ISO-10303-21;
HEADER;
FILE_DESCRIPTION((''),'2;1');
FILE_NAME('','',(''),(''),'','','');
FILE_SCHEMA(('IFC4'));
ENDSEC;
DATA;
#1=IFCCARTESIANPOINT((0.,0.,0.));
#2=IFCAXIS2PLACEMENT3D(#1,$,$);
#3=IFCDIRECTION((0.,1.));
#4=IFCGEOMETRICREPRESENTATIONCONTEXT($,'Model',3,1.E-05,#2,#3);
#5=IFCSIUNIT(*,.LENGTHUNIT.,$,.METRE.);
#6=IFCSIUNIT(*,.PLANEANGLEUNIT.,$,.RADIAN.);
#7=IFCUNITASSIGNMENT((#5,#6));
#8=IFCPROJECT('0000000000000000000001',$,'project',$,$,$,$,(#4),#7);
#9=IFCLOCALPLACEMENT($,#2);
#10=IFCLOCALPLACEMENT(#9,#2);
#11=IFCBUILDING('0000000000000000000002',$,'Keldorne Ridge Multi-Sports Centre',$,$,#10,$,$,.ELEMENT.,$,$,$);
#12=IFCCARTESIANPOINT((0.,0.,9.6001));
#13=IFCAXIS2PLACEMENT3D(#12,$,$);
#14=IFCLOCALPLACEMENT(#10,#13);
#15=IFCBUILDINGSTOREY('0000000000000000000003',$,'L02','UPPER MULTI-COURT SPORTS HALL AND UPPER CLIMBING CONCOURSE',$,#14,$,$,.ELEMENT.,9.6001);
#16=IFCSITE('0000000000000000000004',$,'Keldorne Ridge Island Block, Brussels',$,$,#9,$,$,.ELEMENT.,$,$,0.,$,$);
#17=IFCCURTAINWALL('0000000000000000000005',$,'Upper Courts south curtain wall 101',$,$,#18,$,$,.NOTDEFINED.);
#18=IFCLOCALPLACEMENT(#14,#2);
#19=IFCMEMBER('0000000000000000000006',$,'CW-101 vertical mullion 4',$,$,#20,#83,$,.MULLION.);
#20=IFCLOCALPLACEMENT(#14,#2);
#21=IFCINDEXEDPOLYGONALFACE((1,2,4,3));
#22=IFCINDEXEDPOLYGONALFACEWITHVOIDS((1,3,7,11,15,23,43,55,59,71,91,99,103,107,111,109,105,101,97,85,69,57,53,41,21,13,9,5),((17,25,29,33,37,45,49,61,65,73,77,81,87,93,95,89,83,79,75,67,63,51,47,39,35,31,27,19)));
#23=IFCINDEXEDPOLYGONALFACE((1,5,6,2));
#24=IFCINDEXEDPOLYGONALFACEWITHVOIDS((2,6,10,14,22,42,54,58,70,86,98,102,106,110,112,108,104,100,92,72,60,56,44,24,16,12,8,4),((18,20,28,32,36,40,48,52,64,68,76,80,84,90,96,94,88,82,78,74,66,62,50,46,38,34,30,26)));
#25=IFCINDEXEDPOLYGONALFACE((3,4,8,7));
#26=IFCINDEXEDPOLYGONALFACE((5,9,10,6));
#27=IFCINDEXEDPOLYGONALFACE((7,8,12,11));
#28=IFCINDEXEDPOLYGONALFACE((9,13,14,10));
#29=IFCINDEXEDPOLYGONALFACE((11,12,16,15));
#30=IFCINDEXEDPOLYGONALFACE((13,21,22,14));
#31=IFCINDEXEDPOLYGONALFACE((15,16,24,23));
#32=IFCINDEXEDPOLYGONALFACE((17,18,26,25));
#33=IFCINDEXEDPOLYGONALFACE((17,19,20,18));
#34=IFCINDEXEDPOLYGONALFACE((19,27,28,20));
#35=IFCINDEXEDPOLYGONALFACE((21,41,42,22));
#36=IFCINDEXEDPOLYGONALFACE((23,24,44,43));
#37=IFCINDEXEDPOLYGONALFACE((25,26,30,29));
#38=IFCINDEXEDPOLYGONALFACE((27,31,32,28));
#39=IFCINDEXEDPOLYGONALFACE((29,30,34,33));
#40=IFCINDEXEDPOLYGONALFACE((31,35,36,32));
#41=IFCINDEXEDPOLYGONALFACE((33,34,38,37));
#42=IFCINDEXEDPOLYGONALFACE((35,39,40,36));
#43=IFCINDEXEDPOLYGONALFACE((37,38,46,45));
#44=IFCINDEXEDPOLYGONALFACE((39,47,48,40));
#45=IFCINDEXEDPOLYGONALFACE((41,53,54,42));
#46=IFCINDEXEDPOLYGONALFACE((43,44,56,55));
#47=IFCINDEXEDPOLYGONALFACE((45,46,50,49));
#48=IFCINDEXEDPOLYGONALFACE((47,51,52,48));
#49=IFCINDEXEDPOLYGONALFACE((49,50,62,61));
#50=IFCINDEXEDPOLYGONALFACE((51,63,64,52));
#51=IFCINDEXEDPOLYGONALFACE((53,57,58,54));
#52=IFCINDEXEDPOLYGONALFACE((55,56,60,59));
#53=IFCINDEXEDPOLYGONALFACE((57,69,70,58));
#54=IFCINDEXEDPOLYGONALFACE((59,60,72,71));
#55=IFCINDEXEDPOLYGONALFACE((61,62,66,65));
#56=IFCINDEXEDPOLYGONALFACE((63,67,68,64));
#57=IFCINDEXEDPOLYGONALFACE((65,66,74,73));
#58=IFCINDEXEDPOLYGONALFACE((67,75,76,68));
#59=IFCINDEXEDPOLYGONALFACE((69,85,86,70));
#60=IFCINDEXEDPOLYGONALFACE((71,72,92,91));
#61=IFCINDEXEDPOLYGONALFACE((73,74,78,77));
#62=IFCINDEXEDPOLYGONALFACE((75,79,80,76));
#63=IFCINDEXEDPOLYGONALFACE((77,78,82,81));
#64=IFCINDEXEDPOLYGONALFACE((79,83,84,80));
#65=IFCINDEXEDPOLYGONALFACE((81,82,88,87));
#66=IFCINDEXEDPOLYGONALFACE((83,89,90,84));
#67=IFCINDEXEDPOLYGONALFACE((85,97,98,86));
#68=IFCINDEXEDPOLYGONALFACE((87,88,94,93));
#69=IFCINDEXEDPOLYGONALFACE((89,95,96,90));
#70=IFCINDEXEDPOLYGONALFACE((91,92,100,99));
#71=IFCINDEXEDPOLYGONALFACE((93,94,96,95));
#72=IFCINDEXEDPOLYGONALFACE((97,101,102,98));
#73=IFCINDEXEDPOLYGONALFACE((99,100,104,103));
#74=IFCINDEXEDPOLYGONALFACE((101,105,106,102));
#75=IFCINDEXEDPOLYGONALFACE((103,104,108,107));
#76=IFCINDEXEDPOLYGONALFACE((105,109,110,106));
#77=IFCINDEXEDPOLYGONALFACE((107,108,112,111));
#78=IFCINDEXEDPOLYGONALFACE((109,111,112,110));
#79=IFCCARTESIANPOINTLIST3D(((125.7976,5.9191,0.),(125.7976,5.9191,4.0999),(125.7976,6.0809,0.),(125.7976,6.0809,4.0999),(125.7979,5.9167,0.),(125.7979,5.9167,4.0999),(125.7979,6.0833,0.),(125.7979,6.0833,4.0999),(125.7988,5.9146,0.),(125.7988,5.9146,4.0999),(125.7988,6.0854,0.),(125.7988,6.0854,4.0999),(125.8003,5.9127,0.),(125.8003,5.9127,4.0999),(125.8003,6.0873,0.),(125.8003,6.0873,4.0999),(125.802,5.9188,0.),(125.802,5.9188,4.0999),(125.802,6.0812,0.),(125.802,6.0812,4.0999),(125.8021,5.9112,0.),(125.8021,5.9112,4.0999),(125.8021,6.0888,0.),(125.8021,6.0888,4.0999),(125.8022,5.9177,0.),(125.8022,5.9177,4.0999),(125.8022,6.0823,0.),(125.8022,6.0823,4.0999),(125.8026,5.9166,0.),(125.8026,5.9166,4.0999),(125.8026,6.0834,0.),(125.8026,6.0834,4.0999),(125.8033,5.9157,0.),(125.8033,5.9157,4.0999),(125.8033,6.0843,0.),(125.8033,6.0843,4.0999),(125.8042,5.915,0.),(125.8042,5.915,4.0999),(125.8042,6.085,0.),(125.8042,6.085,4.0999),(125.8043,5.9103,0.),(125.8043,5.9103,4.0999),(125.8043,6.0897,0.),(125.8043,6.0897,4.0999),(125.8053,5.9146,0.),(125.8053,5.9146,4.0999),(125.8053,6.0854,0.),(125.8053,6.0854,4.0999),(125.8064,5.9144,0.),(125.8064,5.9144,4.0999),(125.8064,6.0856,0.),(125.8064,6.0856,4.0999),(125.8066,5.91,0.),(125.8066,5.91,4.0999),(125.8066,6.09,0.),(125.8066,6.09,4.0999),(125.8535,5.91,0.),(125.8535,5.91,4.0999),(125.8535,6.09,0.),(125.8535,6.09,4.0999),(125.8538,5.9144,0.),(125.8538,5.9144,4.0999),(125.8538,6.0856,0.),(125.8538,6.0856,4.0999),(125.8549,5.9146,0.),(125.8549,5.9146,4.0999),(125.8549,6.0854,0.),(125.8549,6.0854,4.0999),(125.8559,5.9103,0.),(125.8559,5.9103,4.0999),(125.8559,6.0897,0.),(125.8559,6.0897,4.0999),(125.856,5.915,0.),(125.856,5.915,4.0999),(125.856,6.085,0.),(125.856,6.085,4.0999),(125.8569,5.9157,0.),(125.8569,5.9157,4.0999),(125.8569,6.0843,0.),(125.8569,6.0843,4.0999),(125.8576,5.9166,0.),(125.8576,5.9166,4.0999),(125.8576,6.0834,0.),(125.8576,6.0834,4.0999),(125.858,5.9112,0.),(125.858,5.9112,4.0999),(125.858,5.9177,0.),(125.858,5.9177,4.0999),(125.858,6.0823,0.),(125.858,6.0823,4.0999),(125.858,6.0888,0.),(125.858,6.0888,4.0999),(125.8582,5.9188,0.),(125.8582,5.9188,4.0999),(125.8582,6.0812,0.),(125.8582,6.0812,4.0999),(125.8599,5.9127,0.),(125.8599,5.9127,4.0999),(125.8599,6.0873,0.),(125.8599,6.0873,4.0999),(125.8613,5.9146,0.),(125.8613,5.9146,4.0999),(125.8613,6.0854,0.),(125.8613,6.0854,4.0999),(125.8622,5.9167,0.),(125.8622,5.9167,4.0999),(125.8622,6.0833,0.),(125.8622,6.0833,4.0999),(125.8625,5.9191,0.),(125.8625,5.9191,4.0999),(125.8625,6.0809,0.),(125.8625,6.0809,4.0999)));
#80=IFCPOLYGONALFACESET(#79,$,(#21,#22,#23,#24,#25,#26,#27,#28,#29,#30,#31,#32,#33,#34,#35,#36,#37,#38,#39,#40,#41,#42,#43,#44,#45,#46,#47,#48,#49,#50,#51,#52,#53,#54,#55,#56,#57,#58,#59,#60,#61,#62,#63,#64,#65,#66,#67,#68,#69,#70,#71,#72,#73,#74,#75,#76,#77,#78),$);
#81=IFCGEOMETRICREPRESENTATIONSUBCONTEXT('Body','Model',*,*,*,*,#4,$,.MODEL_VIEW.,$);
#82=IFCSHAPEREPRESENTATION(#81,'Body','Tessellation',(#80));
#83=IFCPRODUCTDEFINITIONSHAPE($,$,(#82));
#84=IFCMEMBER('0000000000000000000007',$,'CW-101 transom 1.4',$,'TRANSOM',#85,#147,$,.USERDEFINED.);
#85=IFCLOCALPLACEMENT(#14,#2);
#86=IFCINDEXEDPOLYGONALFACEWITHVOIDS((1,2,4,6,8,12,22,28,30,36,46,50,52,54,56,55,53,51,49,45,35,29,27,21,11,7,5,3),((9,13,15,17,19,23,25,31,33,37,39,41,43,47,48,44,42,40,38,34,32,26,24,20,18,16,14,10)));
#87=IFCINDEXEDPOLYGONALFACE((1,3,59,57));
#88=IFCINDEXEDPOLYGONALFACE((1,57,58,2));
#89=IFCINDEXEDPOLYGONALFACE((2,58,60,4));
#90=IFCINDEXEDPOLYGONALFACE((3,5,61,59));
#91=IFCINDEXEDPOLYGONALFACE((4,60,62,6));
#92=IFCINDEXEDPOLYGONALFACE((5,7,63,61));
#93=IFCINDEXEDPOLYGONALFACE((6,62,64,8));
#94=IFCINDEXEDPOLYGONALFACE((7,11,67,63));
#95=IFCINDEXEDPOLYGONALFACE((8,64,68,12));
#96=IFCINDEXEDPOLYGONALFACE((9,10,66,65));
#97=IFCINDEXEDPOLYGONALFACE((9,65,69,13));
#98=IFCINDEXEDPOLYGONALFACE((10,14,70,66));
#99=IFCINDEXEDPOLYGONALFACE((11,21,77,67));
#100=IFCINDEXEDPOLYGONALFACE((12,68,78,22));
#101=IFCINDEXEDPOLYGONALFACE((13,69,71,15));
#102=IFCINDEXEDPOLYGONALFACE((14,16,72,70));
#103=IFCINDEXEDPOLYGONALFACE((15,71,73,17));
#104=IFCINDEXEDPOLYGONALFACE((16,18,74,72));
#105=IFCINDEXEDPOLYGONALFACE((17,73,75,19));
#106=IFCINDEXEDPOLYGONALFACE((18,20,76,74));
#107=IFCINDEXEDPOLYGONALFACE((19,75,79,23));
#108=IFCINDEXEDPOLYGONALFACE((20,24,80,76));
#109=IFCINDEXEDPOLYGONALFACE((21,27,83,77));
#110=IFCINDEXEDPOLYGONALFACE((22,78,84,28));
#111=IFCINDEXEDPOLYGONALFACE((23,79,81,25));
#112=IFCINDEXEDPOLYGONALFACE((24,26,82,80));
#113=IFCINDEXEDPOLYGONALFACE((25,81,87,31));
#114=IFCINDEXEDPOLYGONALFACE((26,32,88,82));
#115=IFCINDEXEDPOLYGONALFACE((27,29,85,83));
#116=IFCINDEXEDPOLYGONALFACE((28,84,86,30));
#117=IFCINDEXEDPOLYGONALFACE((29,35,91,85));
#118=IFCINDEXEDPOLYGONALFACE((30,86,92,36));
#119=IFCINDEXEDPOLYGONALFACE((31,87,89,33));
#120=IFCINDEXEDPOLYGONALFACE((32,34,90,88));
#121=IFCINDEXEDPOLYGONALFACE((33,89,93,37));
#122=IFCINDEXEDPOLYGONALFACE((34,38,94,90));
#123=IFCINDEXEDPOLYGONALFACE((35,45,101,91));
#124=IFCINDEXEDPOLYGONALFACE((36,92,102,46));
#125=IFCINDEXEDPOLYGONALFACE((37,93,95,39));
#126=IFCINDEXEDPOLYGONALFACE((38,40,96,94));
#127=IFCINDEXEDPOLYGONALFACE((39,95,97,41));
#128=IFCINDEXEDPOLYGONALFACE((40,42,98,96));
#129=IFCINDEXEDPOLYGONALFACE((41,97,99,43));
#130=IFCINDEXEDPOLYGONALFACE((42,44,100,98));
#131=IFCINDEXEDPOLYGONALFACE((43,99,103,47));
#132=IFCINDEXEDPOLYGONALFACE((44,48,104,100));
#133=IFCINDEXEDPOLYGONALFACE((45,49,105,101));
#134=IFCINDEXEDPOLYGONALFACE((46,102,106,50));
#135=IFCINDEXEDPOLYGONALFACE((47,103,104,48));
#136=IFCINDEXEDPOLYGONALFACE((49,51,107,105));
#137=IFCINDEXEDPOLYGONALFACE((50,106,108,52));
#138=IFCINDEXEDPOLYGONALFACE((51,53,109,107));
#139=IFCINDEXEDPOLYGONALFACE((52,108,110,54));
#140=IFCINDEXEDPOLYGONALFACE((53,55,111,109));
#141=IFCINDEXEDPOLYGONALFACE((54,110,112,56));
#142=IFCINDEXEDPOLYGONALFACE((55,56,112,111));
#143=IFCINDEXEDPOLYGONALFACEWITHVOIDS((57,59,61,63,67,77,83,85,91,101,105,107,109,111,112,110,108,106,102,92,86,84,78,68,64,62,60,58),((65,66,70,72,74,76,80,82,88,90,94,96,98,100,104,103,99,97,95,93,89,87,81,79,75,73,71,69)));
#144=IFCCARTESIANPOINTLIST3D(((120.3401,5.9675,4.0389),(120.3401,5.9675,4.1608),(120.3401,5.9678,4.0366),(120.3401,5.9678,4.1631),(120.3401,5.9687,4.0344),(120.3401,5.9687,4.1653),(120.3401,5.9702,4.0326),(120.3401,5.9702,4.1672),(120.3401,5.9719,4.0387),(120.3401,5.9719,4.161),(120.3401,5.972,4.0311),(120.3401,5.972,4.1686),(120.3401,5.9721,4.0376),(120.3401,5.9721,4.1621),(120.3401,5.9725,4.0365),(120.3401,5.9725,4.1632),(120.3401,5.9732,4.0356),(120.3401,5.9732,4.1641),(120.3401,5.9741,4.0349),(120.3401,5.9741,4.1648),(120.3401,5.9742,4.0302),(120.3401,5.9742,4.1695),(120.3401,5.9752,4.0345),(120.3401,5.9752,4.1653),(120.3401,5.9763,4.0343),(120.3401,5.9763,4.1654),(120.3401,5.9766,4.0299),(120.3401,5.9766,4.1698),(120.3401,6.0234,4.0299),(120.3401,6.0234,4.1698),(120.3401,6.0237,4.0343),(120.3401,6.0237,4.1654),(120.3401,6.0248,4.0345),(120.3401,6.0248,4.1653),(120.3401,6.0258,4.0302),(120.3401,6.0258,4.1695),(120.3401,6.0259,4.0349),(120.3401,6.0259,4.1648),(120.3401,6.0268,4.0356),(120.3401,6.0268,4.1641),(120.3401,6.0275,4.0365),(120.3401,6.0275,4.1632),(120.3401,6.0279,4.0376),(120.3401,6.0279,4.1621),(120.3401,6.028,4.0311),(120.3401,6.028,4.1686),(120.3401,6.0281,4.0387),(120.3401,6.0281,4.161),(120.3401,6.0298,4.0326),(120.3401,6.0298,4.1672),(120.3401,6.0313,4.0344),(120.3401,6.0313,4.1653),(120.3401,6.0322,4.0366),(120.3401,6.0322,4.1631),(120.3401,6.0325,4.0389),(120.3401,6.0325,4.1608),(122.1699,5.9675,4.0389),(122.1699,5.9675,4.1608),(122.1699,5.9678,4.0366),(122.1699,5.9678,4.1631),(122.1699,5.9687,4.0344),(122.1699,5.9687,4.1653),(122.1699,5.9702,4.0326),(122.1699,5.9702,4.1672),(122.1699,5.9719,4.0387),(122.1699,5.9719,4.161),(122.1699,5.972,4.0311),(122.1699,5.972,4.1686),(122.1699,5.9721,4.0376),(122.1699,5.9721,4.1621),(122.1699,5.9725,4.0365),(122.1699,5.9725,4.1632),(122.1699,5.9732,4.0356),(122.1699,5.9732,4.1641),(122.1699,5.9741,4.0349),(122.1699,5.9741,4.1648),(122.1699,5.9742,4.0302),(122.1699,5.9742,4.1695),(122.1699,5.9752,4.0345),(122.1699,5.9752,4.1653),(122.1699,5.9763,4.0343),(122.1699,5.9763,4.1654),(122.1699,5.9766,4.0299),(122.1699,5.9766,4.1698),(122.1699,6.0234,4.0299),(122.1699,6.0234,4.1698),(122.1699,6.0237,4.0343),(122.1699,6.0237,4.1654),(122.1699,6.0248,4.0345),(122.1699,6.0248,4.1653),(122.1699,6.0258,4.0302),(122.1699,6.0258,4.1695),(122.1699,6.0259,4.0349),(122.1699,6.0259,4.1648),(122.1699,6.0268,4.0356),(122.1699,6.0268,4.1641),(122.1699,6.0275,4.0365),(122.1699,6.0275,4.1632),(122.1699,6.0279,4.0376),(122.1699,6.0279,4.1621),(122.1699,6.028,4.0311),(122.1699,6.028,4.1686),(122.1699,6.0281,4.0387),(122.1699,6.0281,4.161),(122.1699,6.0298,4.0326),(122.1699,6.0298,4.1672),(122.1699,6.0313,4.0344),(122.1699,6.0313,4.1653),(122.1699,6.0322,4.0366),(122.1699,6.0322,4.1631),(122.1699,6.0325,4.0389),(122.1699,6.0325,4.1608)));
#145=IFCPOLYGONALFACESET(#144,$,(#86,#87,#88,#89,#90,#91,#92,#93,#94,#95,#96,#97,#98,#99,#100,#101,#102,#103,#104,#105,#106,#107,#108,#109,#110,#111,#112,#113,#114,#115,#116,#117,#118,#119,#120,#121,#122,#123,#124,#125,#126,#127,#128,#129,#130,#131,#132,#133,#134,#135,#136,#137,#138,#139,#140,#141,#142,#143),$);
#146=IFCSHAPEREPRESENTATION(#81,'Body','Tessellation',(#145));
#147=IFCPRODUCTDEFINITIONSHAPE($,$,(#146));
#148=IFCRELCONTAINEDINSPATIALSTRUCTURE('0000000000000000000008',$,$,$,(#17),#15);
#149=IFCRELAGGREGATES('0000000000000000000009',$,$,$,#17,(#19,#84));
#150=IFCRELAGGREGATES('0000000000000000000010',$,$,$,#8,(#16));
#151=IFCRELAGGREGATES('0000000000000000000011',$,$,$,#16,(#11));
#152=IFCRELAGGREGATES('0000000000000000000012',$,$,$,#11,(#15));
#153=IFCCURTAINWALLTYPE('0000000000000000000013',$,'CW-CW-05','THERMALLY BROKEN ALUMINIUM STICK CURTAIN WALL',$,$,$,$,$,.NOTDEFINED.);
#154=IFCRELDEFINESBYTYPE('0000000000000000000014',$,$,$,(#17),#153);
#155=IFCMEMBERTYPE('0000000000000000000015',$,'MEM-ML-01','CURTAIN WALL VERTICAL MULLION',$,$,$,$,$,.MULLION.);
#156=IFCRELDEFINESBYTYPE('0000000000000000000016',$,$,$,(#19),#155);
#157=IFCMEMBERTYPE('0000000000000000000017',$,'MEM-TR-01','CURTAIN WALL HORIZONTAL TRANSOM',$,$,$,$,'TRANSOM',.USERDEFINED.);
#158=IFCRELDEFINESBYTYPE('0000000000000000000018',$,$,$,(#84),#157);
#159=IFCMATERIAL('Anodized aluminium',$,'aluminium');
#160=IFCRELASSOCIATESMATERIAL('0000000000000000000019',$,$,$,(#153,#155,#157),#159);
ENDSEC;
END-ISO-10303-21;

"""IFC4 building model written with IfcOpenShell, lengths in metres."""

from ifc_helpers import new_model, si_unit, direction, frame, origin, origin_2d, place, context, subcontext, project, spatial, hollow_rectangle, extrude, material, material_profile, profile_set, type_object, element, aggregate, save


model = new_model("IFC4")

# Units and contexts
model_context = context("Model", 3, precision=1e-05, world=origin(), true_north=direction((0.0, 1.0)))
body_context = subcontext(model_context, "Body", "Model", "MODEL_VIEW")
ifc_project = project(units=[si_unit("LENGTHUNIT", "METRE"), si_unit("PLANEANGLEUNIT", "RADIAN")], contexts=[model_context])

# Site, building, storey
site_placement = place(None, origin())
site = spatial("IfcSite", under=ifc_project, at=site_placement, Name="Keldorne Ridge Island Block, Brussels", CompositionType="ELEMENT", RefElevation=0.0)
building_placement = place(site_placement, origin())
building = spatial("IfcBuilding", under=site, at=building_placement, Name="Keldorne Ridge Multi-Sports Centre", CompositionType="ELEMENT")
storey_placement = place(building_placement, frame((0.0, 0.0, 9.6001)))
storey = spatial("IfcBuildingStorey", under=building, at=storey_placement, Name="L02", Description="UPPER MULTI-COURT SPORTS HALL AND UPPER CLIMBING CONCOURSE", CompositionType="ELEMENT", Elevation=9.6001)

# Curtain wall, members
ifc_material_1 = material(Name="Anodized aluminium", Category="aluminium")
curtain_wall_type = type_object("IfcCurtainWallType", Name="CW-CW-05", Description="THERMALLY BROKEN ALUMINIUM STICK CURTAIN WALL", PredefinedType="NOTDEFINED", material=ifc_material_1)
curtain_wall_placement = place(storey_placement, origin())
curtain_wall = element("IfcCurtainWall", 1, at=curtain_wall_placement, inside=storey, type_object=curtain_wall_type, Name="Upper Courts south curtain wall 101", PredefinedType="NOTDEFINED")
ifc_material_profile_1 = material_profile(ifc_material_1, hollow_rectangle(XDim=0.0649, YDim=0.1799, WallThickness=0.0044, InnerFilletRadius=0.0044, OuterFilletRadius=0.009, at=origin_2d()), Name="ALU MULLION 180x65x4.5")
ifc_profile_set_1 = profile_set([ifc_material_profile_1], Name="Anodized aluminium")
member_type_1 = type_object("IfcMemberType", Name="MEM-ML-01", Description="CURTAIN WALL VERTICAL MULLION", PredefinedType="MULLION", material=ifc_profile_set_1)
member_1_placement = place(storey_placement, frame((125.8301, 6.0, 0.0), z_axis=(0.0, 0.0, 1.0), x_axis=(1.0, 0.0, 0.0)))
member_1 = element("IfcMember", 2, at=member_1_placement, type_object=member_type_1, Name="CW-101 vertical mullion 4", PredefinedType="MULLION", context=body_context, shape_type="SweptSolid", body=[
    extrude(hollow_rectangle(XDim=0.0649, YDim=0.1799, WallThickness=0.0044, InnerFilletRadius=0.0044, OuterFilletRadius=0.009, at=origin_2d()), origin(), (0.0, 0.0, 1.0), 4.0999),
])
ifc_material_profile_2 = material_profile(ifc_material_1, hollow_rectangle(XDim=0.0649, YDim=0.1399, WallThickness=0.0044, InnerFilletRadius=0.0044, OuterFilletRadius=0.009, at=origin_2d()), Name="ALU TRANSOM 140x65x4.5")
ifc_profile_set_2 = profile_set([ifc_material_profile_2], Name="Anodized aluminium")
member_type_2 = type_object("IfcMemberType", Name="MEM-TR-01", Description="CURTAIN WALL HORIZONTAL TRANSOM", ElementType="TRANSOM", PredefinedType="USERDEFINED", material=ifc_profile_set_2)
member_2_placement = place(storey_placement, frame((120.3401, 6.0, 4.0999), z_axis=(1.0, 0.0, 0.0), x_axis=(0.0, 1.0, 0.0)))
member_2 = element("IfcMember", 3, at=member_2_placement, type_object=member_type_2, Name="CW-101 transom 1.4", ObjectType="TRANSOM", PredefinedType="USERDEFINED", context=body_context, shape_type="SweptSolid", body=[
    extrude(hollow_rectangle(XDim=0.0649, YDim=0.1399, WallThickness=0.0044, InnerFilletRadius=0.0044, OuterFilletRadius=0.009, at=origin_2d()), origin(), (0.0, 0.0, 1.0), 1.8298),
])
aggregate(curtain_wall, [member_1, member_2])

save(model, "model.ifc")
